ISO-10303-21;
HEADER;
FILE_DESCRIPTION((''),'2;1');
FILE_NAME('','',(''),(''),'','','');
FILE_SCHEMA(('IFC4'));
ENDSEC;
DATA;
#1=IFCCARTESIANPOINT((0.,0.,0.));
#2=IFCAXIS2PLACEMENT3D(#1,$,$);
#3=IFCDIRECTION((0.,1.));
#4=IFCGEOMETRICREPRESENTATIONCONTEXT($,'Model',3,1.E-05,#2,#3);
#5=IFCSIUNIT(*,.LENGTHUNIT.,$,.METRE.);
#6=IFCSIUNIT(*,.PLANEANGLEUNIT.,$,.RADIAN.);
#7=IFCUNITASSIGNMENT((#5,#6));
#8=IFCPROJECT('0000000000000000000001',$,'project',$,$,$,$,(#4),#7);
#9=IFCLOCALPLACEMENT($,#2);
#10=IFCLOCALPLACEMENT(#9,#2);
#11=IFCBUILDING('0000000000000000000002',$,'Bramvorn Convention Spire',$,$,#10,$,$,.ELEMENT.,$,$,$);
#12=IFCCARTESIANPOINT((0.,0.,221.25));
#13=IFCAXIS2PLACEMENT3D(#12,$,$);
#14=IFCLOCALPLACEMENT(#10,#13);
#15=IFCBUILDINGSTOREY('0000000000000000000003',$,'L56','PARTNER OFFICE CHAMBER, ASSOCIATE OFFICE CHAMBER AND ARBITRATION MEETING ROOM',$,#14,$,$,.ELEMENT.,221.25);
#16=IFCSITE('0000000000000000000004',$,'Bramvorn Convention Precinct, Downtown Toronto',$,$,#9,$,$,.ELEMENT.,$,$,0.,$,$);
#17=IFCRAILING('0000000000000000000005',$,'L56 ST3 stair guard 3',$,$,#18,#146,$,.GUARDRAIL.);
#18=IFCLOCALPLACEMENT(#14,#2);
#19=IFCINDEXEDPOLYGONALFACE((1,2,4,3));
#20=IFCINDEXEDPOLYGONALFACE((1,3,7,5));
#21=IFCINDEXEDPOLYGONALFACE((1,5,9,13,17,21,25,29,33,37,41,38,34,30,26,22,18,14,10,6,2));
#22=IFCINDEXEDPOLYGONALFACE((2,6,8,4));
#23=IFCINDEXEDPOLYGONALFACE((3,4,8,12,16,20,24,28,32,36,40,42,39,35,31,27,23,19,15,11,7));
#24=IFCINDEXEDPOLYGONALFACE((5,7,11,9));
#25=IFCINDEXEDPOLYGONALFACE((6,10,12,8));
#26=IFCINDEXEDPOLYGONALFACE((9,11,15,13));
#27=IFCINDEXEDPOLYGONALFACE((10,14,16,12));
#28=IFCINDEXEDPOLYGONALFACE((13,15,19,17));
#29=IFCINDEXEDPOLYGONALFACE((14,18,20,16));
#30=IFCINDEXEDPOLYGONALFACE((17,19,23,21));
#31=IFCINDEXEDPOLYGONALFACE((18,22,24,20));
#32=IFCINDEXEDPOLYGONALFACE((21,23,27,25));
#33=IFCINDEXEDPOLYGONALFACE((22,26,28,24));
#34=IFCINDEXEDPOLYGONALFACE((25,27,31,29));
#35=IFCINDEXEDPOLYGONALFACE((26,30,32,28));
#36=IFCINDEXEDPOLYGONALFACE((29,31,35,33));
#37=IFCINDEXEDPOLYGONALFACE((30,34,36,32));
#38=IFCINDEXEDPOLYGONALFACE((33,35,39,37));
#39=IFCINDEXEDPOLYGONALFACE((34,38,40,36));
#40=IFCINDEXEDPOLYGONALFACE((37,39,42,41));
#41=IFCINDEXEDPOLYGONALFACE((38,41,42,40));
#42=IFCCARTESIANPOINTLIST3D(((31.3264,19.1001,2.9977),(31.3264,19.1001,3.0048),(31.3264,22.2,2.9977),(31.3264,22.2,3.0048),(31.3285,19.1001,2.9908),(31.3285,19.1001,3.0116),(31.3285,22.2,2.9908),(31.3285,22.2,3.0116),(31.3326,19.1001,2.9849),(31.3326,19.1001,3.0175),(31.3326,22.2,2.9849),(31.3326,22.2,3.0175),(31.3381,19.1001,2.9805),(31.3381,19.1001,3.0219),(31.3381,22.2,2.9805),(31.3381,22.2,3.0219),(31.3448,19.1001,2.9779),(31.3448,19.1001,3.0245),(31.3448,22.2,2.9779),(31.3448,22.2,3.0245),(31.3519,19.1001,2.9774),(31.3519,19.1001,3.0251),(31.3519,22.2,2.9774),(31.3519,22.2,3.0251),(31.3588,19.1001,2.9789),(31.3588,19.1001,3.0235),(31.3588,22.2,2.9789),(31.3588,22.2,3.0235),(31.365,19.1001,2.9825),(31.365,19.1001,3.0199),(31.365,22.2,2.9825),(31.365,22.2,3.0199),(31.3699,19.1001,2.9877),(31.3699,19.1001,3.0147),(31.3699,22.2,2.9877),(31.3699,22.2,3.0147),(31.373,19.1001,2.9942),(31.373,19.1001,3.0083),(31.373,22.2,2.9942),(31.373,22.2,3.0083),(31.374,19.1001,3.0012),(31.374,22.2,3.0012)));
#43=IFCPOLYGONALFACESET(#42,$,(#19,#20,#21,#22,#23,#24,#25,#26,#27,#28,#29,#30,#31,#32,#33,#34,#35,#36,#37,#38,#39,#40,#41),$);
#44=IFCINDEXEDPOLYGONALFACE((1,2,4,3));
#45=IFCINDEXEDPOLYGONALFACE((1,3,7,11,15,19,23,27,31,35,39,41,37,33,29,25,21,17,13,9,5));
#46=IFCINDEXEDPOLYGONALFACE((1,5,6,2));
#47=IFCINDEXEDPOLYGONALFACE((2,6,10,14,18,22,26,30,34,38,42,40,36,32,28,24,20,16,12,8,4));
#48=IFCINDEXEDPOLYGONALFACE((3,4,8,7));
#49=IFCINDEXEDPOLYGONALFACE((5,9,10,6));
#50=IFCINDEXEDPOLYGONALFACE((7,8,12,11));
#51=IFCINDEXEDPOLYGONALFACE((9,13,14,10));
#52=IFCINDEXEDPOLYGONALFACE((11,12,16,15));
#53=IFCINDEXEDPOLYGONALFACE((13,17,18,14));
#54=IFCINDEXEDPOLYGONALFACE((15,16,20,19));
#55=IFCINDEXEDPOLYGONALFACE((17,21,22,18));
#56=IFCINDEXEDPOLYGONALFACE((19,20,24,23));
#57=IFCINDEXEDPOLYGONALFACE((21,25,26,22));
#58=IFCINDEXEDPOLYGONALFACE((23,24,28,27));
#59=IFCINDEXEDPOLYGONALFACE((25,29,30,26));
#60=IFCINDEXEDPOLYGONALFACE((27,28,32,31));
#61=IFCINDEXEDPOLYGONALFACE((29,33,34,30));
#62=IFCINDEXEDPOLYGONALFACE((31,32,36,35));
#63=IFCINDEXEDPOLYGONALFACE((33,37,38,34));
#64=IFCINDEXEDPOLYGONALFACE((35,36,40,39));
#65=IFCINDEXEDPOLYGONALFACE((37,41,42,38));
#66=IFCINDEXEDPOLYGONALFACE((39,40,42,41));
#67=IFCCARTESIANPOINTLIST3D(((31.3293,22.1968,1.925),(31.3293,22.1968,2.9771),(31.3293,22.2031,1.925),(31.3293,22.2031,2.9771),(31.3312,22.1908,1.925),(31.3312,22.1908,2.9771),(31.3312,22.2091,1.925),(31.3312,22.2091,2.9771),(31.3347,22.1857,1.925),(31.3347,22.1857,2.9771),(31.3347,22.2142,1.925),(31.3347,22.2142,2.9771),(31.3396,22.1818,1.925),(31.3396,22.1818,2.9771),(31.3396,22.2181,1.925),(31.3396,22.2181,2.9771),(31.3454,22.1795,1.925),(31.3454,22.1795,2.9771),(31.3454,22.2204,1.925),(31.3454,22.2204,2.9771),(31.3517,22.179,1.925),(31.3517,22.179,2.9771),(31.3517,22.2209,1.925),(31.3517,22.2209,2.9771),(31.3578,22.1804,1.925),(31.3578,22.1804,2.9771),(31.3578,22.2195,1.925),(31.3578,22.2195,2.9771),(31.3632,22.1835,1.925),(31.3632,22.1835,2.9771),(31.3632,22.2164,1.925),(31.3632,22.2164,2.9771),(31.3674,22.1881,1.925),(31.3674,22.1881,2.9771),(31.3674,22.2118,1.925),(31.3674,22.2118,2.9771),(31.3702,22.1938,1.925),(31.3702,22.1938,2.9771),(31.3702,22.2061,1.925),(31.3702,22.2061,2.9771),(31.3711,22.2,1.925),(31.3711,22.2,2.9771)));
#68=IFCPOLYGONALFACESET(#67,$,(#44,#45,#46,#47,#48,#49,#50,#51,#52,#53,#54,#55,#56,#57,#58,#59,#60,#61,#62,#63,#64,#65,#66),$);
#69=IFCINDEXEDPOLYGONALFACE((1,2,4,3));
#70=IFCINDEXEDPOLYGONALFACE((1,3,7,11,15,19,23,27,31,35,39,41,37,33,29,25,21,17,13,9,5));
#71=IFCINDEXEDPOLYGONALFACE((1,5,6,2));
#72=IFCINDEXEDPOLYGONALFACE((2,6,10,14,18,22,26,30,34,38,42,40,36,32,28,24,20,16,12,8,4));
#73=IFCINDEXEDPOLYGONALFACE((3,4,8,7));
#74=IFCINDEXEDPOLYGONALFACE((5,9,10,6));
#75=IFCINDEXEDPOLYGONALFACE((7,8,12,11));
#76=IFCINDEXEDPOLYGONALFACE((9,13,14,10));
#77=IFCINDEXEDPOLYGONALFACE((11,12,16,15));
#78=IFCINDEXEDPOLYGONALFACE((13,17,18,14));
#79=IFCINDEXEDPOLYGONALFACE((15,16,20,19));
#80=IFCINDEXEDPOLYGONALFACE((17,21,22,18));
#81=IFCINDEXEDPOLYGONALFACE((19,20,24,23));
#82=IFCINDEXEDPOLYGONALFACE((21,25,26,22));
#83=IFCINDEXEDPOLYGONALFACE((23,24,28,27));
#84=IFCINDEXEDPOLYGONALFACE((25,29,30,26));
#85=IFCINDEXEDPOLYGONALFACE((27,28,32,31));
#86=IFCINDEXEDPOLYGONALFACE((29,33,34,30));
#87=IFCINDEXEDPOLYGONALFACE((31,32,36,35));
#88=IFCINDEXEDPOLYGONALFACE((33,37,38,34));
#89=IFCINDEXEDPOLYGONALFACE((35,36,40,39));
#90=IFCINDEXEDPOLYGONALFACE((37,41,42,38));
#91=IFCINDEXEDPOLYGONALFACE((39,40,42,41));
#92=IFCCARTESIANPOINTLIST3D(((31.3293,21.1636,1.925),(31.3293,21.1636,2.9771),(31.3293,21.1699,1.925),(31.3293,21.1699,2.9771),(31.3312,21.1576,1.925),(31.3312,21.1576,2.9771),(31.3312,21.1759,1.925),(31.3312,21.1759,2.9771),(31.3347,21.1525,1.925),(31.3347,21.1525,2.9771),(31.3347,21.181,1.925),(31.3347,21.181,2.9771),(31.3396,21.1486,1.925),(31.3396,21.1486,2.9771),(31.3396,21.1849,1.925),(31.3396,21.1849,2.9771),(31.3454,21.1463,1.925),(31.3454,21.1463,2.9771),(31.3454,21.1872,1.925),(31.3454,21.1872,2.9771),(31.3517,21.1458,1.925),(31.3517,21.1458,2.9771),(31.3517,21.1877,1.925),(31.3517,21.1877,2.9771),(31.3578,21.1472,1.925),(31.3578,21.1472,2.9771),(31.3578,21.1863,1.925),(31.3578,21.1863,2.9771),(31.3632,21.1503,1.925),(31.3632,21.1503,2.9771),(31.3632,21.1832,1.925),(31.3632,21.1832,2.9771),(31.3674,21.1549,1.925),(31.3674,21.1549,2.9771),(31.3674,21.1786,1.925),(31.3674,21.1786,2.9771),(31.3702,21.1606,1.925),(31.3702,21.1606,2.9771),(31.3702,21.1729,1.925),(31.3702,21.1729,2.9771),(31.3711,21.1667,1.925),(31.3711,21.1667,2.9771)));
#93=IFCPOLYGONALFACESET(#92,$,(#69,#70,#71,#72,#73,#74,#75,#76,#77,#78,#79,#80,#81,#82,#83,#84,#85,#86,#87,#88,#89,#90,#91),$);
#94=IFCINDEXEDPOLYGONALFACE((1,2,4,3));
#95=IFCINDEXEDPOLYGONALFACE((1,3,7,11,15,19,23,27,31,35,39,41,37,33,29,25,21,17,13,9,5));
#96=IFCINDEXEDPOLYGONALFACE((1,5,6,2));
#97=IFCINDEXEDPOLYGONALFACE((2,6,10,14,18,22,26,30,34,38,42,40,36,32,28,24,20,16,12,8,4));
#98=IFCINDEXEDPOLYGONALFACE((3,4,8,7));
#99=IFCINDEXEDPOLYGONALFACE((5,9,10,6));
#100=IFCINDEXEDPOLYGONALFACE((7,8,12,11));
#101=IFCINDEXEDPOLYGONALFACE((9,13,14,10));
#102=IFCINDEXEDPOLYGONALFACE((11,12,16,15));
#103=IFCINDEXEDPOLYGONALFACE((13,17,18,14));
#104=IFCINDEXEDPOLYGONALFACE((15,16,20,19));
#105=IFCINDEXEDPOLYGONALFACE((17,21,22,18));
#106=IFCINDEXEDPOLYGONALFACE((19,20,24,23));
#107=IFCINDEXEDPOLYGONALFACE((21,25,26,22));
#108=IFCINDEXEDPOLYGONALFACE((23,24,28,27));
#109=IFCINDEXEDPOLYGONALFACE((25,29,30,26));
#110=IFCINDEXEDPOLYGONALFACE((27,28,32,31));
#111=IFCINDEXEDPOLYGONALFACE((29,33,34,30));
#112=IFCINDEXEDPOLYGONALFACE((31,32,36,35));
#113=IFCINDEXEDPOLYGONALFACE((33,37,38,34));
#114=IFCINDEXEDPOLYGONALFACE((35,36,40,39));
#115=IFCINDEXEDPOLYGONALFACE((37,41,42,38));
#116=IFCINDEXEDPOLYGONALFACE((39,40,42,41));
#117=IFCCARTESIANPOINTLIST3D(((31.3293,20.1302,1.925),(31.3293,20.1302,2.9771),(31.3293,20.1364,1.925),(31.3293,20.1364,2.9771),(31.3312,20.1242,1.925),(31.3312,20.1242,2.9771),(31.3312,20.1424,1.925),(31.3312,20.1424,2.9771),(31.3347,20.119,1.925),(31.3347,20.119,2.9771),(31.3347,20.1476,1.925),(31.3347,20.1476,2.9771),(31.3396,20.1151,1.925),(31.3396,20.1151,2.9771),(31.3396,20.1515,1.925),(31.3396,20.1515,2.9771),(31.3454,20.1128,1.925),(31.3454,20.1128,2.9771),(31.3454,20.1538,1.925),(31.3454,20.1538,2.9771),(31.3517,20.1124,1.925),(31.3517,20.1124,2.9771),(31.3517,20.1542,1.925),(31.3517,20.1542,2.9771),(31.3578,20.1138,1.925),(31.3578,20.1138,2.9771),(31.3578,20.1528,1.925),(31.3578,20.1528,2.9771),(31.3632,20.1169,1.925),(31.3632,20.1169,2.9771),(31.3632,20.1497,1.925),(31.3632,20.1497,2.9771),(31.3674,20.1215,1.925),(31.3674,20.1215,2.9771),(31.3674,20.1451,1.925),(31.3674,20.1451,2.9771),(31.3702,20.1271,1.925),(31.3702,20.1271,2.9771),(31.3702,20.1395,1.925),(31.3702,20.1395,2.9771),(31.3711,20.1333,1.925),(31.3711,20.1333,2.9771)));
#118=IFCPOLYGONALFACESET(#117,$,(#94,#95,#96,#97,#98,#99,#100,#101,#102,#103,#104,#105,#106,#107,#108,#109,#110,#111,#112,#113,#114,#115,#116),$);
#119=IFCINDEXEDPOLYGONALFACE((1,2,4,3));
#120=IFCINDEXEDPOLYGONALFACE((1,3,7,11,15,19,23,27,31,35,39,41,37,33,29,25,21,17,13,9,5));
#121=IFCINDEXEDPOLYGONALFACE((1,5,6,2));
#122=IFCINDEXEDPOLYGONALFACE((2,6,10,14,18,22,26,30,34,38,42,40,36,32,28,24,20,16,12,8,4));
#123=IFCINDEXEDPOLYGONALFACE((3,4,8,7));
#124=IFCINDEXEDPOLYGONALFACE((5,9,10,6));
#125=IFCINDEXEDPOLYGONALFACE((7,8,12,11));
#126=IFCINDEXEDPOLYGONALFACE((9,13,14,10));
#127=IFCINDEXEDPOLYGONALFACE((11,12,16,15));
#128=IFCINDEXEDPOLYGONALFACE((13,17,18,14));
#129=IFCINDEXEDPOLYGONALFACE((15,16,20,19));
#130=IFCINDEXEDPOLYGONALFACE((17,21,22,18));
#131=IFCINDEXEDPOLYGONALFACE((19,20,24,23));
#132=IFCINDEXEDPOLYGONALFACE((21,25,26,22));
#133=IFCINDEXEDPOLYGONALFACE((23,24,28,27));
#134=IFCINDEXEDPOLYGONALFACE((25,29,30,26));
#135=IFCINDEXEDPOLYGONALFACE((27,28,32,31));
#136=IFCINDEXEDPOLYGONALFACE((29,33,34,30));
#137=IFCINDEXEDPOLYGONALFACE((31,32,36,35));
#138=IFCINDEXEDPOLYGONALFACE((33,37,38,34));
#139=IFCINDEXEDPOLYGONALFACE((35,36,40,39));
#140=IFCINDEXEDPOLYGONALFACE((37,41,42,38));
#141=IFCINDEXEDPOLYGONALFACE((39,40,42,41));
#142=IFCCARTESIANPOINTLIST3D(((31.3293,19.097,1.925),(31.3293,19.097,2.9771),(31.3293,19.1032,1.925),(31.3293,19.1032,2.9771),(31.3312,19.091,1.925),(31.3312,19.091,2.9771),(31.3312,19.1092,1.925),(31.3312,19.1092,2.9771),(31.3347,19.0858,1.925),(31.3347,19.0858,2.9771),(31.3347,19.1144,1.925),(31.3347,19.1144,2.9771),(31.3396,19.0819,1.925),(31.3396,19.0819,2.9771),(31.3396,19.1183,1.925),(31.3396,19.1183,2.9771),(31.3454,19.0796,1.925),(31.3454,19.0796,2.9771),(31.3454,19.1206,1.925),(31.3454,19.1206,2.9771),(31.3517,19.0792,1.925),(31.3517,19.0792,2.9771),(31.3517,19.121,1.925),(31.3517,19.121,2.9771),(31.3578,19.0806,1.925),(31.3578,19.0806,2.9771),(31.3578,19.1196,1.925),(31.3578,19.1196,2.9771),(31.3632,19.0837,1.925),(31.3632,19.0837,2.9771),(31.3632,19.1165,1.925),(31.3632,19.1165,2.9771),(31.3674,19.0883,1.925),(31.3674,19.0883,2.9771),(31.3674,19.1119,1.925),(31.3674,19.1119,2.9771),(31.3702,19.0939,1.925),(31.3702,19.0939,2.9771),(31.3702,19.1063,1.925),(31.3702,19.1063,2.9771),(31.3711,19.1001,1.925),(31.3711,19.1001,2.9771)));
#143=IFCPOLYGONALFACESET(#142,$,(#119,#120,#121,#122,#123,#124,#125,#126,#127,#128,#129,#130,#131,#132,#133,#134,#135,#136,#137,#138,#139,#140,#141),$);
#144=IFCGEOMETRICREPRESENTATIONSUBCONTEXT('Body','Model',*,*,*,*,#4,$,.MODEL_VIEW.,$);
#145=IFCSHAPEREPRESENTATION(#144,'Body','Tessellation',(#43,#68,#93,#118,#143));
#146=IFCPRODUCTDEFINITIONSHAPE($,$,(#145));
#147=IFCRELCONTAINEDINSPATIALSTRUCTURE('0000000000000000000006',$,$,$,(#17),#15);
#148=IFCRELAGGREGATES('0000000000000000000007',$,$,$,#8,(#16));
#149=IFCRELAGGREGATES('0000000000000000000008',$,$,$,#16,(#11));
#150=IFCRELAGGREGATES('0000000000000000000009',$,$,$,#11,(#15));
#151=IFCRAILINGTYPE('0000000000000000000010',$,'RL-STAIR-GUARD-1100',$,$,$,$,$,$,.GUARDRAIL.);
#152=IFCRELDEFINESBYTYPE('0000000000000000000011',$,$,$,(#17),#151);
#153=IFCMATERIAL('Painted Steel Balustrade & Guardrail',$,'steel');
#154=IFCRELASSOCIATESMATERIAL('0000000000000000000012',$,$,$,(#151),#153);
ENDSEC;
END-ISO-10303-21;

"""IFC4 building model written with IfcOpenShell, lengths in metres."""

from ifc_helpers import new_model, si_unit, direction, frame, origin, origin_2d, place, context, subcontext, project, spatial, circle, extrude, material, type_object, element, save


model = new_model("IFC4")

# Units and contexts
model_context = context("Model", 3, precision=1e-05, world=origin(), true_north=direction((0.0, 1.0)))
body_context = subcontext(model_context, "Body", "Model", "MODEL_VIEW")
ifc_project = project(units=[si_unit("LENGTHUNIT", "METRE"), si_unit("PLANEANGLEUNIT", "RADIAN")], contexts=[model_context])

# Site, building, storey
site_placement = place(None, origin())
site = spatial("IfcSite", under=ifc_project, at=site_placement, Name="Bramvorn Convention Precinct, Downtown Toronto", CompositionType="ELEMENT", RefElevation=0.0)
building_placement = place(site_placement, origin())
building = spatial("IfcBuilding", under=site, at=building_placement, Name="Bramvorn Convention Spire", CompositionType="ELEMENT")
storey_placement = place(building_placement, frame((0.0, 0.0, 221.25)))
storey = spatial("IfcBuildingStorey", under=building, at=storey_placement, Name="L56", Description="PARTNER OFFICE CHAMBER, ASSOCIATE OFFICE CHAMBER AND ARBITRATION MEETING ROOM", CompositionType="ELEMENT", Elevation=221.25)

# Railing
ifc_material_1 = material(Name="Painted Steel Balustrade & Guardrail", Category="steel")
railing_type_1 = type_object("IfcRailingType", Name="RL-STAIR-GUARD-1100", PredefinedType="GUARDRAIL", material=ifc_material_1)
for number, where, name in (
    (1, (31.3501, 22.2, 1.925), "L56 ST3 stair guard 3"),
):
    element("IfcRailing", number, at=place(storey_placement, frame(where)), inside=storey, type_object=railing_type_1, Name=name, PredefinedType="GUARDRAIL", context=body_context, shape_type="SweptSolid", body=[
        extrude(circle(Radius=0.0239, at=origin_2d()), frame((0.0, 0.0, 1.0762), z_axis=(0.0, -1.0, 0.0), x_axis=(1.0, 0.0, 0.0)), (0.0, 0.0, 1.0), 3.0999),
        extrude(circle(Radius=0.021, at=origin_2d()), origin(), (0.0, 0.0, 1.0), 1.052),
        extrude(circle(Radius=0.021, at=origin_2d()), frame((0.0, -1.0332, 0.0)), (0.0, 0.0, 1.0), 1.052),
        extrude(circle(Radius=0.021, at=origin_2d()), frame((0.0, -2.0667, 0.0)), (0.0, 0.0, 1.0), 1.052),
        extrude(circle(Radius=0.021, at=origin_2d()), frame((0.0, -3.0999, 0.0)), (0.0, 0.0, 1.0), 1.052),
    ])

save(model, "model.ifc")
